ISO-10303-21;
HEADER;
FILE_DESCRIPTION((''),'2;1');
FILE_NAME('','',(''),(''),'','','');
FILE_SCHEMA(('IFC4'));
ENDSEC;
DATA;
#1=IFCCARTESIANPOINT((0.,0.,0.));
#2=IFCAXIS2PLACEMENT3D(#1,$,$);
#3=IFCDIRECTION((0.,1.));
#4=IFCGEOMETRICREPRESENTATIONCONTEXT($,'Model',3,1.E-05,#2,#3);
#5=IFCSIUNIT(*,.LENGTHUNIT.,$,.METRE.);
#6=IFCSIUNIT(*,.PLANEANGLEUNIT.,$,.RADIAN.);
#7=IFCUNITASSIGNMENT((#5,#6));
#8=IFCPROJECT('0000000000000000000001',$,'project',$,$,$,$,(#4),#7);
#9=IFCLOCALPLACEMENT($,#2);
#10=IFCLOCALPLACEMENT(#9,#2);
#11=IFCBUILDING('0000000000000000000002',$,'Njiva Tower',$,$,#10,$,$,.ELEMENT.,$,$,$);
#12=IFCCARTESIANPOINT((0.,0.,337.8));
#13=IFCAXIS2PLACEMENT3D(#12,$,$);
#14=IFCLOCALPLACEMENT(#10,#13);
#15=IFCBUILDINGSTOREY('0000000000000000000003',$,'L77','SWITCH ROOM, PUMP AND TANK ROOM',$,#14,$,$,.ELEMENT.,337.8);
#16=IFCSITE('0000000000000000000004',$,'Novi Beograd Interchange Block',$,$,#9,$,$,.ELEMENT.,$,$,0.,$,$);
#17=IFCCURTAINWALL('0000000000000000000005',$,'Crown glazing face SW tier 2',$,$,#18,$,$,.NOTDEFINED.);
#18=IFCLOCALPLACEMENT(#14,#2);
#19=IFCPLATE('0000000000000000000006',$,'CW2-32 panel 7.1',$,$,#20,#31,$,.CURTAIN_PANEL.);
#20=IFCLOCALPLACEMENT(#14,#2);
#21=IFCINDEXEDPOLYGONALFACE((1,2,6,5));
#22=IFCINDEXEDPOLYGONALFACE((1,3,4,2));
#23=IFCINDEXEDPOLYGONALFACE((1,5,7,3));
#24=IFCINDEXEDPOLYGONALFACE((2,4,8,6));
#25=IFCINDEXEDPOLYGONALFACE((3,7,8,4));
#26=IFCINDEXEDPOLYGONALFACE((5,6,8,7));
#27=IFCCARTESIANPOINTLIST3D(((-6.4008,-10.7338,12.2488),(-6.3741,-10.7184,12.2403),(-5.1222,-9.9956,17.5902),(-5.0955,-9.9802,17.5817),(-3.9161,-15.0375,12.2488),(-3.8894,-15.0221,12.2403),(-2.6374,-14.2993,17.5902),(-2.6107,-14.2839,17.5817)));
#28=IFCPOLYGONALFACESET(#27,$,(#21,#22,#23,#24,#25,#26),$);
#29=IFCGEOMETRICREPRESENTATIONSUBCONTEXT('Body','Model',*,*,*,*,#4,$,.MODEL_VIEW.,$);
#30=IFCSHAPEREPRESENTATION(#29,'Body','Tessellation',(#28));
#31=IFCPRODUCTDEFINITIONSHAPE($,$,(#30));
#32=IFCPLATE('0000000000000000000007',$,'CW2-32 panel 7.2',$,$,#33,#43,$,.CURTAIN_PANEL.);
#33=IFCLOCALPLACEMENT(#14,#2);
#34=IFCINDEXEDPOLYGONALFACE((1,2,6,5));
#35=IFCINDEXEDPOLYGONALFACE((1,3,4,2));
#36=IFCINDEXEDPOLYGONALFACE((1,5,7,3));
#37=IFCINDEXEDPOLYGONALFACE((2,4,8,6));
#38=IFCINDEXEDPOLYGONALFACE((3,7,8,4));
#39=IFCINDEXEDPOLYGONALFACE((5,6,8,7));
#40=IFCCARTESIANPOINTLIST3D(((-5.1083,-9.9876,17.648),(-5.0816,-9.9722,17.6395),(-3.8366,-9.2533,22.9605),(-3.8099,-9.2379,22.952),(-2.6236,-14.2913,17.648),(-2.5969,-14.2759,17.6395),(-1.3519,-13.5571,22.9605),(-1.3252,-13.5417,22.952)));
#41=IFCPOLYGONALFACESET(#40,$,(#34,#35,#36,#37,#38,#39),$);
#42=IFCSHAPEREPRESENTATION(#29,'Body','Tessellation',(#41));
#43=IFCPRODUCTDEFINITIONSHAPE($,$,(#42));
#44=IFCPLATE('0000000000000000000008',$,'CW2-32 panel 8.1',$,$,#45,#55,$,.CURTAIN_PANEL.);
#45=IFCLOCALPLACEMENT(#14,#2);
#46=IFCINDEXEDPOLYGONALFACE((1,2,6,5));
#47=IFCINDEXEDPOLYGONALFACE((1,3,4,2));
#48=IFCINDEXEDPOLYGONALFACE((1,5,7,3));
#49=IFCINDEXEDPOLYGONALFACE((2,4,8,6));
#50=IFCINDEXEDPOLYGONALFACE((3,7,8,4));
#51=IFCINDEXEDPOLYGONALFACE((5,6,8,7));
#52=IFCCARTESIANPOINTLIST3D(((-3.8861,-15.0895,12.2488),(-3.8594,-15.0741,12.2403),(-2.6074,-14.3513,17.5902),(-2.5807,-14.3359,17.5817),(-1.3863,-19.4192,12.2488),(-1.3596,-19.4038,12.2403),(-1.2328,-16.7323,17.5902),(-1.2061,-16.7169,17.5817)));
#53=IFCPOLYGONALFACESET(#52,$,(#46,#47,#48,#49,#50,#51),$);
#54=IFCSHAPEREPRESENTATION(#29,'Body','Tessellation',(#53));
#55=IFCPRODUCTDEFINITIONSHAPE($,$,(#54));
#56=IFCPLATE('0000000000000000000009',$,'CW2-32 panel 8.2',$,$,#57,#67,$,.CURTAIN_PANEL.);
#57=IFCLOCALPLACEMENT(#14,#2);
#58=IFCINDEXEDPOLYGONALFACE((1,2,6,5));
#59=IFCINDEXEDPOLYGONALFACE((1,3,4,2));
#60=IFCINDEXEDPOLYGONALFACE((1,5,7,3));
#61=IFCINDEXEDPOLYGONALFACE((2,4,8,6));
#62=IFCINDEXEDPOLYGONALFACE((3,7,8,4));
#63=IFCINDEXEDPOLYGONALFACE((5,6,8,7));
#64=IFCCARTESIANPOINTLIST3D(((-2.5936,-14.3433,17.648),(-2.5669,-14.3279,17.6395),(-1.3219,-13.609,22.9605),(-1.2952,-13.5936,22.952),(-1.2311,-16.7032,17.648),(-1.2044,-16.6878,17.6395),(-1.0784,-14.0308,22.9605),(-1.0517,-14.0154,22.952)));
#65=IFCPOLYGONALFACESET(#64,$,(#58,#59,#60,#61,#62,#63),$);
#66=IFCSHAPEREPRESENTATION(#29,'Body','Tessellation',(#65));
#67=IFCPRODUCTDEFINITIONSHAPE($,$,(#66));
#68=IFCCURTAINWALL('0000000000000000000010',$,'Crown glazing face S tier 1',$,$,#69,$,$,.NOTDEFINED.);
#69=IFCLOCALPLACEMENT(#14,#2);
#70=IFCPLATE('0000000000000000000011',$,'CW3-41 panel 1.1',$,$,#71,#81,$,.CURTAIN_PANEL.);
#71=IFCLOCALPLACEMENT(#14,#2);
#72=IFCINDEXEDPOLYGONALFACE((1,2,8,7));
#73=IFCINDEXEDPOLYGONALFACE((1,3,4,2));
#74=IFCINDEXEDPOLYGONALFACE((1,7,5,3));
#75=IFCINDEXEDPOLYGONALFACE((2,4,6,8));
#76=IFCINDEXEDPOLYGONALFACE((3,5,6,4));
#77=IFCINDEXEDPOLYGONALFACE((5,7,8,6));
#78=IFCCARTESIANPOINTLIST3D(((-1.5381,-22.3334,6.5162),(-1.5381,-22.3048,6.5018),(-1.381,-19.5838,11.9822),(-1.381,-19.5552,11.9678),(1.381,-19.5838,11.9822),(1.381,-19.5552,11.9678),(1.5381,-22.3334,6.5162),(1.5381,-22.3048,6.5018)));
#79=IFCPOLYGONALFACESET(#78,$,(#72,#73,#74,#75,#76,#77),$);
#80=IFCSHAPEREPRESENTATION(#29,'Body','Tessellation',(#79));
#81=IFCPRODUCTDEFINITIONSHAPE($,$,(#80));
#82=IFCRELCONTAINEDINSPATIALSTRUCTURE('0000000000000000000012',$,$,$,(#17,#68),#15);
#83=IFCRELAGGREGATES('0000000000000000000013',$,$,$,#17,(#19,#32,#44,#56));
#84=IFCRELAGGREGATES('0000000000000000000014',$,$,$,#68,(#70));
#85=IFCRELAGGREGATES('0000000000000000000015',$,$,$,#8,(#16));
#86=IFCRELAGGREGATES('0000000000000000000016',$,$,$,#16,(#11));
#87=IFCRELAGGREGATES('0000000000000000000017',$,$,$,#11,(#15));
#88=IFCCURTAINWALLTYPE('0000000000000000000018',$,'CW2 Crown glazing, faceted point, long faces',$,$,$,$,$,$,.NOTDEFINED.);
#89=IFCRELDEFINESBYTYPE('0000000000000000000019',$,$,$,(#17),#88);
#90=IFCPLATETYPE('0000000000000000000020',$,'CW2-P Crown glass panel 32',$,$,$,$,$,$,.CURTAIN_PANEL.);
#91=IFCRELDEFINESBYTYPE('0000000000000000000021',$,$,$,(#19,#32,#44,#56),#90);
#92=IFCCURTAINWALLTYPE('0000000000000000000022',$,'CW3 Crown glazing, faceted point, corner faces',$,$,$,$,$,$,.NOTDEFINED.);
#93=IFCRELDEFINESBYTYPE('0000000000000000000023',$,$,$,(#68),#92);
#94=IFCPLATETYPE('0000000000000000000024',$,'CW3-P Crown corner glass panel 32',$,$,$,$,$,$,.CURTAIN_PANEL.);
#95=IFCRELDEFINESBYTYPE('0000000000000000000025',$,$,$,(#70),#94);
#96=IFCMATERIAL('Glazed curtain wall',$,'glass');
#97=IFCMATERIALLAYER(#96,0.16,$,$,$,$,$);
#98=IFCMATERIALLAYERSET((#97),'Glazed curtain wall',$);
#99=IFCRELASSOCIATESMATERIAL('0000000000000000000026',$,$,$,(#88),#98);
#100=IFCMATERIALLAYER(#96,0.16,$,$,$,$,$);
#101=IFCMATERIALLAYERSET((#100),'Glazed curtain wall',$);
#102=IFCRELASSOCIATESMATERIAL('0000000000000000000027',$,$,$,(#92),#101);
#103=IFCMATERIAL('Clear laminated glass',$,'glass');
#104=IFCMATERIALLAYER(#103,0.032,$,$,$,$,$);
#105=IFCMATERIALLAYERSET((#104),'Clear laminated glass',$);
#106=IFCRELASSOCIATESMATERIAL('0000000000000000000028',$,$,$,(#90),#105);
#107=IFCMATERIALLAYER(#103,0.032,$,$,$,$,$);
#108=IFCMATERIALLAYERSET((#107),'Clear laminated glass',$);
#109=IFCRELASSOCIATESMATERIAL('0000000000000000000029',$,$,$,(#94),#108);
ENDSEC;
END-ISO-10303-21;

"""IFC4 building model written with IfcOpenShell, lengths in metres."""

from ifc_helpers import new_model, si_unit, direction, frame, origin, place, context, subcontext, project, spatial, polyline, outline, extrude, material, layer, layer_set, type_object, element, aggregate, save


model = new_model("IFC4")

# Units and contexts
model_context = context("Model", 3, precision=1e-05, world=origin(), true_north=direction((0.0, 1.0)))
body_context = subcontext(model_context, "Body", "Model", "MODEL_VIEW")
ifc_project = project(units=[si_unit("LENGTHUNIT", "METRE"), si_unit("PLANEANGLEUNIT", "RADIAN")], contexts=[model_context])

# Site, building, storey
site_placement = place(None, origin())
site = spatial("IfcSite", under=ifc_project, at=site_placement, Name="Novi Beograd Interchange Block", CompositionType="ELEMENT", RefElevation=0.0)
building_placement = place(site_placement, origin())
building = spatial("IfcBuilding", under=site, at=building_placement, Name="Njiva Tower", CompositionType="ELEMENT")
storey_placement = place(building_placement, frame((0.0, 0.0, 337.8)))
storey = spatial("IfcBuildingStorey", under=building, at=storey_placement, Name="L77", Description="SWITCH ROOM, PUMP AND TANK ROOM", CompositionType="ELEMENT", Elevation=337.8)

# Curtain wall
ifc_material_1 = material(Name="Glazed curtain wall", Category="glass")
ifc_layer_1 = layer(ifc_material_1, 0.16)
ifc_layer_set_1 = layer_set([ifc_layer_1], Name="Glazed curtain wall")
curtain_wall_type_1 = type_object("IfcCurtainWallType", Name="CW2 Crown glazing, faceted point, long faces", PredefinedType="NOTDEFINED", material=ifc_layer_set_1)
curtain_wall_1_placement = place(storey_placement, origin())
curtain_wall_1 = element("IfcCurtainWall", 1, at=curtain_wall_1_placement, inside=storey, type_object=curtain_wall_type_1, Name="Crown glazing face SW tier 2", PredefinedType="NOTDEFINED")

# Shared definitions
ifc_layer_2 = layer(ifc_material_1, 0.16)
ifc_layer_set_2 = layer_set([ifc_layer_2], Name="Glazed curtain wall")
curtain_wall_type_2 = type_object("IfcCurtainWallType", Name="CW3 Crown glazing, faceted point, corner faces", PredefinedType="NOTDEFINED", material=ifc_layer_set_2)

# Plates
ifc_material_2 = material(Name="Clear laminated glass", Category="glass")
ifc_layer_3 = layer(ifc_material_2, 0.032)
ifc_layer_set_3 = layer_set([ifc_layer_3], Name="Clear laminated glass")
plate_type_1 = type_object("IfcPlateType", Name="CW2-P Crown glass panel 32", PredefinedType="CURTAIN_PANEL", material=ifc_layer_set_3)
plate_1_placement = place(storey_placement, frame((-3.9161, -15.0375, 12.2488), z_axis=(-0.834723, -0.481929, 0.266424), x_axis=(0.230735, 0.133204, 0.963856)))
plate_1 = element("IfcPlate", 2, at=plate_1_placement, type_object=plate_type_1, Name="CW2-32 panel 7.1", PredefinedType="CURTAIN_PANEL", context=body_context, shape_type="SweptSolid", body=[
    extrude(outline(polyline([(0.0, 0.0), (5.5417, 0.0), (5.5417, 4.9695), (0.0, 4.9695), (0.0, 0.0)])), origin(), (0.0, 0.0, -1.0), 0.032),
])
plate_2_placement = place(storey_placement, frame((-2.6236, -14.2913, 17.648), z_axis=(-0.83473, -0.481918, 0.266423), x_axis=(0.230731, 0.133209, 0.963856)))
plate_2 = element("IfcPlate", 3, at=plate_2_placement, type_object=plate_type_1, Name="CW2-32 panel 7.2", PredefinedType="CURTAIN_PANEL", context=body_context, shape_type="SweptSolid", body=[
    extrude(outline(polyline([(0.0, 0.0), (5.5117, 0.0), (5.5117, 4.9696), (0.0, 4.9695), (0.0, 0.0)])), origin(), (0.0, 0.0, -1.0), 0.032),
])
plate_3_placement = place(storey_placement, frame((-1.2328, -16.7323, 17.5902), z_axis=(-0.834725, -0.481926, 0.266422), x_axis=(-0.499996, 0.866027, 0.000005)))
plate_3 = element("IfcPlate", 4, at=plate_3_placement, type_object=plate_type_1, Name="CW2-32 panel 8.1", PredefinedType="CURTAIN_PANEL", context=body_context, shape_type="SweptSolid", body=[
    extrude(outline(polyline([(0.0, 0.0), (2.7493, 0.0), (2.7493, 5.5417), (-2.2502, 5.5417), (0.0, 0.0)])), origin(), (0.0, 0.0, -1.0), 0.032),
])
plate_4_placement = place(storey_placement, frame((-1.0784, -14.0308, 22.9605), z_axis=(-0.834726, -0.481925, 0.266424), x_axis=(-0.499994, 0.866029, 0.000011)))
plate_4 = element("IfcPlate", 5, at=plate_4_placement, type_object=plate_type_1, Name="CW2-32 panel 8.2", PredefinedType="CURTAIN_PANEL", context=body_context, shape_type="SweptSolid", body=[
    extrude(outline(polyline([(0.0, 0.0), (0.487, 0.0), (0.4869, 5.5117), (-2.2381, 5.5117), (0.0, 0.0)])), origin(), (0.0, 0.0, -1.0), 0.032),
])
aggregate(curtain_wall_1, [plate_1, plate_2, plate_3, plate_4])

# Curtain wall, plate
curtain_wall_2_placement = place(storey_placement, origin())
curtain_wall_2 = element("IfcCurtainWall", 6, at=curtain_wall_2_placement, inside=storey, type_object=curtain_wall_type_2, Name="Crown glazing face S tier 1", PredefinedType="NOTDEFINED")
ifc_layer_4 = layer(ifc_material_2, 0.032)
ifc_layer_set_4 = layer_set([ifc_layer_4], Name="Clear laminated glass")
plate_type_2 = type_object("IfcPlateType", Name="CW3-P Crown corner glass panel 32", PredefinedType="CURTAIN_PANEL", material=ifc_layer_set_4)
plate_5_placement = place(storey_placement, frame((-1.5381, -22.3334, 6.5162), z_axis=(0.0, -0.893339, 0.449383), x_axis=(1.0, 0.0, 0.0)))
plate_5 = element("IfcPlate", 7, at=plate_5_placement, type_object=plate_type_2, Name="CW3-41 panel 1.1", PredefinedType="CURTAIN_PANEL", context=body_context, shape_type="SweptSolid", body=[
    extrude(outline(polyline([(0.0, 0.0), (3.0762, 0.0), (2.9191, 6.1186), (0.1571, 6.1186), (0.0, 0.0)])), origin(), (0.0, 0.0, -1.0), 0.032),
])
aggregate(curtain_wall_2, [plate_5])

save(model, "model.ifc")
